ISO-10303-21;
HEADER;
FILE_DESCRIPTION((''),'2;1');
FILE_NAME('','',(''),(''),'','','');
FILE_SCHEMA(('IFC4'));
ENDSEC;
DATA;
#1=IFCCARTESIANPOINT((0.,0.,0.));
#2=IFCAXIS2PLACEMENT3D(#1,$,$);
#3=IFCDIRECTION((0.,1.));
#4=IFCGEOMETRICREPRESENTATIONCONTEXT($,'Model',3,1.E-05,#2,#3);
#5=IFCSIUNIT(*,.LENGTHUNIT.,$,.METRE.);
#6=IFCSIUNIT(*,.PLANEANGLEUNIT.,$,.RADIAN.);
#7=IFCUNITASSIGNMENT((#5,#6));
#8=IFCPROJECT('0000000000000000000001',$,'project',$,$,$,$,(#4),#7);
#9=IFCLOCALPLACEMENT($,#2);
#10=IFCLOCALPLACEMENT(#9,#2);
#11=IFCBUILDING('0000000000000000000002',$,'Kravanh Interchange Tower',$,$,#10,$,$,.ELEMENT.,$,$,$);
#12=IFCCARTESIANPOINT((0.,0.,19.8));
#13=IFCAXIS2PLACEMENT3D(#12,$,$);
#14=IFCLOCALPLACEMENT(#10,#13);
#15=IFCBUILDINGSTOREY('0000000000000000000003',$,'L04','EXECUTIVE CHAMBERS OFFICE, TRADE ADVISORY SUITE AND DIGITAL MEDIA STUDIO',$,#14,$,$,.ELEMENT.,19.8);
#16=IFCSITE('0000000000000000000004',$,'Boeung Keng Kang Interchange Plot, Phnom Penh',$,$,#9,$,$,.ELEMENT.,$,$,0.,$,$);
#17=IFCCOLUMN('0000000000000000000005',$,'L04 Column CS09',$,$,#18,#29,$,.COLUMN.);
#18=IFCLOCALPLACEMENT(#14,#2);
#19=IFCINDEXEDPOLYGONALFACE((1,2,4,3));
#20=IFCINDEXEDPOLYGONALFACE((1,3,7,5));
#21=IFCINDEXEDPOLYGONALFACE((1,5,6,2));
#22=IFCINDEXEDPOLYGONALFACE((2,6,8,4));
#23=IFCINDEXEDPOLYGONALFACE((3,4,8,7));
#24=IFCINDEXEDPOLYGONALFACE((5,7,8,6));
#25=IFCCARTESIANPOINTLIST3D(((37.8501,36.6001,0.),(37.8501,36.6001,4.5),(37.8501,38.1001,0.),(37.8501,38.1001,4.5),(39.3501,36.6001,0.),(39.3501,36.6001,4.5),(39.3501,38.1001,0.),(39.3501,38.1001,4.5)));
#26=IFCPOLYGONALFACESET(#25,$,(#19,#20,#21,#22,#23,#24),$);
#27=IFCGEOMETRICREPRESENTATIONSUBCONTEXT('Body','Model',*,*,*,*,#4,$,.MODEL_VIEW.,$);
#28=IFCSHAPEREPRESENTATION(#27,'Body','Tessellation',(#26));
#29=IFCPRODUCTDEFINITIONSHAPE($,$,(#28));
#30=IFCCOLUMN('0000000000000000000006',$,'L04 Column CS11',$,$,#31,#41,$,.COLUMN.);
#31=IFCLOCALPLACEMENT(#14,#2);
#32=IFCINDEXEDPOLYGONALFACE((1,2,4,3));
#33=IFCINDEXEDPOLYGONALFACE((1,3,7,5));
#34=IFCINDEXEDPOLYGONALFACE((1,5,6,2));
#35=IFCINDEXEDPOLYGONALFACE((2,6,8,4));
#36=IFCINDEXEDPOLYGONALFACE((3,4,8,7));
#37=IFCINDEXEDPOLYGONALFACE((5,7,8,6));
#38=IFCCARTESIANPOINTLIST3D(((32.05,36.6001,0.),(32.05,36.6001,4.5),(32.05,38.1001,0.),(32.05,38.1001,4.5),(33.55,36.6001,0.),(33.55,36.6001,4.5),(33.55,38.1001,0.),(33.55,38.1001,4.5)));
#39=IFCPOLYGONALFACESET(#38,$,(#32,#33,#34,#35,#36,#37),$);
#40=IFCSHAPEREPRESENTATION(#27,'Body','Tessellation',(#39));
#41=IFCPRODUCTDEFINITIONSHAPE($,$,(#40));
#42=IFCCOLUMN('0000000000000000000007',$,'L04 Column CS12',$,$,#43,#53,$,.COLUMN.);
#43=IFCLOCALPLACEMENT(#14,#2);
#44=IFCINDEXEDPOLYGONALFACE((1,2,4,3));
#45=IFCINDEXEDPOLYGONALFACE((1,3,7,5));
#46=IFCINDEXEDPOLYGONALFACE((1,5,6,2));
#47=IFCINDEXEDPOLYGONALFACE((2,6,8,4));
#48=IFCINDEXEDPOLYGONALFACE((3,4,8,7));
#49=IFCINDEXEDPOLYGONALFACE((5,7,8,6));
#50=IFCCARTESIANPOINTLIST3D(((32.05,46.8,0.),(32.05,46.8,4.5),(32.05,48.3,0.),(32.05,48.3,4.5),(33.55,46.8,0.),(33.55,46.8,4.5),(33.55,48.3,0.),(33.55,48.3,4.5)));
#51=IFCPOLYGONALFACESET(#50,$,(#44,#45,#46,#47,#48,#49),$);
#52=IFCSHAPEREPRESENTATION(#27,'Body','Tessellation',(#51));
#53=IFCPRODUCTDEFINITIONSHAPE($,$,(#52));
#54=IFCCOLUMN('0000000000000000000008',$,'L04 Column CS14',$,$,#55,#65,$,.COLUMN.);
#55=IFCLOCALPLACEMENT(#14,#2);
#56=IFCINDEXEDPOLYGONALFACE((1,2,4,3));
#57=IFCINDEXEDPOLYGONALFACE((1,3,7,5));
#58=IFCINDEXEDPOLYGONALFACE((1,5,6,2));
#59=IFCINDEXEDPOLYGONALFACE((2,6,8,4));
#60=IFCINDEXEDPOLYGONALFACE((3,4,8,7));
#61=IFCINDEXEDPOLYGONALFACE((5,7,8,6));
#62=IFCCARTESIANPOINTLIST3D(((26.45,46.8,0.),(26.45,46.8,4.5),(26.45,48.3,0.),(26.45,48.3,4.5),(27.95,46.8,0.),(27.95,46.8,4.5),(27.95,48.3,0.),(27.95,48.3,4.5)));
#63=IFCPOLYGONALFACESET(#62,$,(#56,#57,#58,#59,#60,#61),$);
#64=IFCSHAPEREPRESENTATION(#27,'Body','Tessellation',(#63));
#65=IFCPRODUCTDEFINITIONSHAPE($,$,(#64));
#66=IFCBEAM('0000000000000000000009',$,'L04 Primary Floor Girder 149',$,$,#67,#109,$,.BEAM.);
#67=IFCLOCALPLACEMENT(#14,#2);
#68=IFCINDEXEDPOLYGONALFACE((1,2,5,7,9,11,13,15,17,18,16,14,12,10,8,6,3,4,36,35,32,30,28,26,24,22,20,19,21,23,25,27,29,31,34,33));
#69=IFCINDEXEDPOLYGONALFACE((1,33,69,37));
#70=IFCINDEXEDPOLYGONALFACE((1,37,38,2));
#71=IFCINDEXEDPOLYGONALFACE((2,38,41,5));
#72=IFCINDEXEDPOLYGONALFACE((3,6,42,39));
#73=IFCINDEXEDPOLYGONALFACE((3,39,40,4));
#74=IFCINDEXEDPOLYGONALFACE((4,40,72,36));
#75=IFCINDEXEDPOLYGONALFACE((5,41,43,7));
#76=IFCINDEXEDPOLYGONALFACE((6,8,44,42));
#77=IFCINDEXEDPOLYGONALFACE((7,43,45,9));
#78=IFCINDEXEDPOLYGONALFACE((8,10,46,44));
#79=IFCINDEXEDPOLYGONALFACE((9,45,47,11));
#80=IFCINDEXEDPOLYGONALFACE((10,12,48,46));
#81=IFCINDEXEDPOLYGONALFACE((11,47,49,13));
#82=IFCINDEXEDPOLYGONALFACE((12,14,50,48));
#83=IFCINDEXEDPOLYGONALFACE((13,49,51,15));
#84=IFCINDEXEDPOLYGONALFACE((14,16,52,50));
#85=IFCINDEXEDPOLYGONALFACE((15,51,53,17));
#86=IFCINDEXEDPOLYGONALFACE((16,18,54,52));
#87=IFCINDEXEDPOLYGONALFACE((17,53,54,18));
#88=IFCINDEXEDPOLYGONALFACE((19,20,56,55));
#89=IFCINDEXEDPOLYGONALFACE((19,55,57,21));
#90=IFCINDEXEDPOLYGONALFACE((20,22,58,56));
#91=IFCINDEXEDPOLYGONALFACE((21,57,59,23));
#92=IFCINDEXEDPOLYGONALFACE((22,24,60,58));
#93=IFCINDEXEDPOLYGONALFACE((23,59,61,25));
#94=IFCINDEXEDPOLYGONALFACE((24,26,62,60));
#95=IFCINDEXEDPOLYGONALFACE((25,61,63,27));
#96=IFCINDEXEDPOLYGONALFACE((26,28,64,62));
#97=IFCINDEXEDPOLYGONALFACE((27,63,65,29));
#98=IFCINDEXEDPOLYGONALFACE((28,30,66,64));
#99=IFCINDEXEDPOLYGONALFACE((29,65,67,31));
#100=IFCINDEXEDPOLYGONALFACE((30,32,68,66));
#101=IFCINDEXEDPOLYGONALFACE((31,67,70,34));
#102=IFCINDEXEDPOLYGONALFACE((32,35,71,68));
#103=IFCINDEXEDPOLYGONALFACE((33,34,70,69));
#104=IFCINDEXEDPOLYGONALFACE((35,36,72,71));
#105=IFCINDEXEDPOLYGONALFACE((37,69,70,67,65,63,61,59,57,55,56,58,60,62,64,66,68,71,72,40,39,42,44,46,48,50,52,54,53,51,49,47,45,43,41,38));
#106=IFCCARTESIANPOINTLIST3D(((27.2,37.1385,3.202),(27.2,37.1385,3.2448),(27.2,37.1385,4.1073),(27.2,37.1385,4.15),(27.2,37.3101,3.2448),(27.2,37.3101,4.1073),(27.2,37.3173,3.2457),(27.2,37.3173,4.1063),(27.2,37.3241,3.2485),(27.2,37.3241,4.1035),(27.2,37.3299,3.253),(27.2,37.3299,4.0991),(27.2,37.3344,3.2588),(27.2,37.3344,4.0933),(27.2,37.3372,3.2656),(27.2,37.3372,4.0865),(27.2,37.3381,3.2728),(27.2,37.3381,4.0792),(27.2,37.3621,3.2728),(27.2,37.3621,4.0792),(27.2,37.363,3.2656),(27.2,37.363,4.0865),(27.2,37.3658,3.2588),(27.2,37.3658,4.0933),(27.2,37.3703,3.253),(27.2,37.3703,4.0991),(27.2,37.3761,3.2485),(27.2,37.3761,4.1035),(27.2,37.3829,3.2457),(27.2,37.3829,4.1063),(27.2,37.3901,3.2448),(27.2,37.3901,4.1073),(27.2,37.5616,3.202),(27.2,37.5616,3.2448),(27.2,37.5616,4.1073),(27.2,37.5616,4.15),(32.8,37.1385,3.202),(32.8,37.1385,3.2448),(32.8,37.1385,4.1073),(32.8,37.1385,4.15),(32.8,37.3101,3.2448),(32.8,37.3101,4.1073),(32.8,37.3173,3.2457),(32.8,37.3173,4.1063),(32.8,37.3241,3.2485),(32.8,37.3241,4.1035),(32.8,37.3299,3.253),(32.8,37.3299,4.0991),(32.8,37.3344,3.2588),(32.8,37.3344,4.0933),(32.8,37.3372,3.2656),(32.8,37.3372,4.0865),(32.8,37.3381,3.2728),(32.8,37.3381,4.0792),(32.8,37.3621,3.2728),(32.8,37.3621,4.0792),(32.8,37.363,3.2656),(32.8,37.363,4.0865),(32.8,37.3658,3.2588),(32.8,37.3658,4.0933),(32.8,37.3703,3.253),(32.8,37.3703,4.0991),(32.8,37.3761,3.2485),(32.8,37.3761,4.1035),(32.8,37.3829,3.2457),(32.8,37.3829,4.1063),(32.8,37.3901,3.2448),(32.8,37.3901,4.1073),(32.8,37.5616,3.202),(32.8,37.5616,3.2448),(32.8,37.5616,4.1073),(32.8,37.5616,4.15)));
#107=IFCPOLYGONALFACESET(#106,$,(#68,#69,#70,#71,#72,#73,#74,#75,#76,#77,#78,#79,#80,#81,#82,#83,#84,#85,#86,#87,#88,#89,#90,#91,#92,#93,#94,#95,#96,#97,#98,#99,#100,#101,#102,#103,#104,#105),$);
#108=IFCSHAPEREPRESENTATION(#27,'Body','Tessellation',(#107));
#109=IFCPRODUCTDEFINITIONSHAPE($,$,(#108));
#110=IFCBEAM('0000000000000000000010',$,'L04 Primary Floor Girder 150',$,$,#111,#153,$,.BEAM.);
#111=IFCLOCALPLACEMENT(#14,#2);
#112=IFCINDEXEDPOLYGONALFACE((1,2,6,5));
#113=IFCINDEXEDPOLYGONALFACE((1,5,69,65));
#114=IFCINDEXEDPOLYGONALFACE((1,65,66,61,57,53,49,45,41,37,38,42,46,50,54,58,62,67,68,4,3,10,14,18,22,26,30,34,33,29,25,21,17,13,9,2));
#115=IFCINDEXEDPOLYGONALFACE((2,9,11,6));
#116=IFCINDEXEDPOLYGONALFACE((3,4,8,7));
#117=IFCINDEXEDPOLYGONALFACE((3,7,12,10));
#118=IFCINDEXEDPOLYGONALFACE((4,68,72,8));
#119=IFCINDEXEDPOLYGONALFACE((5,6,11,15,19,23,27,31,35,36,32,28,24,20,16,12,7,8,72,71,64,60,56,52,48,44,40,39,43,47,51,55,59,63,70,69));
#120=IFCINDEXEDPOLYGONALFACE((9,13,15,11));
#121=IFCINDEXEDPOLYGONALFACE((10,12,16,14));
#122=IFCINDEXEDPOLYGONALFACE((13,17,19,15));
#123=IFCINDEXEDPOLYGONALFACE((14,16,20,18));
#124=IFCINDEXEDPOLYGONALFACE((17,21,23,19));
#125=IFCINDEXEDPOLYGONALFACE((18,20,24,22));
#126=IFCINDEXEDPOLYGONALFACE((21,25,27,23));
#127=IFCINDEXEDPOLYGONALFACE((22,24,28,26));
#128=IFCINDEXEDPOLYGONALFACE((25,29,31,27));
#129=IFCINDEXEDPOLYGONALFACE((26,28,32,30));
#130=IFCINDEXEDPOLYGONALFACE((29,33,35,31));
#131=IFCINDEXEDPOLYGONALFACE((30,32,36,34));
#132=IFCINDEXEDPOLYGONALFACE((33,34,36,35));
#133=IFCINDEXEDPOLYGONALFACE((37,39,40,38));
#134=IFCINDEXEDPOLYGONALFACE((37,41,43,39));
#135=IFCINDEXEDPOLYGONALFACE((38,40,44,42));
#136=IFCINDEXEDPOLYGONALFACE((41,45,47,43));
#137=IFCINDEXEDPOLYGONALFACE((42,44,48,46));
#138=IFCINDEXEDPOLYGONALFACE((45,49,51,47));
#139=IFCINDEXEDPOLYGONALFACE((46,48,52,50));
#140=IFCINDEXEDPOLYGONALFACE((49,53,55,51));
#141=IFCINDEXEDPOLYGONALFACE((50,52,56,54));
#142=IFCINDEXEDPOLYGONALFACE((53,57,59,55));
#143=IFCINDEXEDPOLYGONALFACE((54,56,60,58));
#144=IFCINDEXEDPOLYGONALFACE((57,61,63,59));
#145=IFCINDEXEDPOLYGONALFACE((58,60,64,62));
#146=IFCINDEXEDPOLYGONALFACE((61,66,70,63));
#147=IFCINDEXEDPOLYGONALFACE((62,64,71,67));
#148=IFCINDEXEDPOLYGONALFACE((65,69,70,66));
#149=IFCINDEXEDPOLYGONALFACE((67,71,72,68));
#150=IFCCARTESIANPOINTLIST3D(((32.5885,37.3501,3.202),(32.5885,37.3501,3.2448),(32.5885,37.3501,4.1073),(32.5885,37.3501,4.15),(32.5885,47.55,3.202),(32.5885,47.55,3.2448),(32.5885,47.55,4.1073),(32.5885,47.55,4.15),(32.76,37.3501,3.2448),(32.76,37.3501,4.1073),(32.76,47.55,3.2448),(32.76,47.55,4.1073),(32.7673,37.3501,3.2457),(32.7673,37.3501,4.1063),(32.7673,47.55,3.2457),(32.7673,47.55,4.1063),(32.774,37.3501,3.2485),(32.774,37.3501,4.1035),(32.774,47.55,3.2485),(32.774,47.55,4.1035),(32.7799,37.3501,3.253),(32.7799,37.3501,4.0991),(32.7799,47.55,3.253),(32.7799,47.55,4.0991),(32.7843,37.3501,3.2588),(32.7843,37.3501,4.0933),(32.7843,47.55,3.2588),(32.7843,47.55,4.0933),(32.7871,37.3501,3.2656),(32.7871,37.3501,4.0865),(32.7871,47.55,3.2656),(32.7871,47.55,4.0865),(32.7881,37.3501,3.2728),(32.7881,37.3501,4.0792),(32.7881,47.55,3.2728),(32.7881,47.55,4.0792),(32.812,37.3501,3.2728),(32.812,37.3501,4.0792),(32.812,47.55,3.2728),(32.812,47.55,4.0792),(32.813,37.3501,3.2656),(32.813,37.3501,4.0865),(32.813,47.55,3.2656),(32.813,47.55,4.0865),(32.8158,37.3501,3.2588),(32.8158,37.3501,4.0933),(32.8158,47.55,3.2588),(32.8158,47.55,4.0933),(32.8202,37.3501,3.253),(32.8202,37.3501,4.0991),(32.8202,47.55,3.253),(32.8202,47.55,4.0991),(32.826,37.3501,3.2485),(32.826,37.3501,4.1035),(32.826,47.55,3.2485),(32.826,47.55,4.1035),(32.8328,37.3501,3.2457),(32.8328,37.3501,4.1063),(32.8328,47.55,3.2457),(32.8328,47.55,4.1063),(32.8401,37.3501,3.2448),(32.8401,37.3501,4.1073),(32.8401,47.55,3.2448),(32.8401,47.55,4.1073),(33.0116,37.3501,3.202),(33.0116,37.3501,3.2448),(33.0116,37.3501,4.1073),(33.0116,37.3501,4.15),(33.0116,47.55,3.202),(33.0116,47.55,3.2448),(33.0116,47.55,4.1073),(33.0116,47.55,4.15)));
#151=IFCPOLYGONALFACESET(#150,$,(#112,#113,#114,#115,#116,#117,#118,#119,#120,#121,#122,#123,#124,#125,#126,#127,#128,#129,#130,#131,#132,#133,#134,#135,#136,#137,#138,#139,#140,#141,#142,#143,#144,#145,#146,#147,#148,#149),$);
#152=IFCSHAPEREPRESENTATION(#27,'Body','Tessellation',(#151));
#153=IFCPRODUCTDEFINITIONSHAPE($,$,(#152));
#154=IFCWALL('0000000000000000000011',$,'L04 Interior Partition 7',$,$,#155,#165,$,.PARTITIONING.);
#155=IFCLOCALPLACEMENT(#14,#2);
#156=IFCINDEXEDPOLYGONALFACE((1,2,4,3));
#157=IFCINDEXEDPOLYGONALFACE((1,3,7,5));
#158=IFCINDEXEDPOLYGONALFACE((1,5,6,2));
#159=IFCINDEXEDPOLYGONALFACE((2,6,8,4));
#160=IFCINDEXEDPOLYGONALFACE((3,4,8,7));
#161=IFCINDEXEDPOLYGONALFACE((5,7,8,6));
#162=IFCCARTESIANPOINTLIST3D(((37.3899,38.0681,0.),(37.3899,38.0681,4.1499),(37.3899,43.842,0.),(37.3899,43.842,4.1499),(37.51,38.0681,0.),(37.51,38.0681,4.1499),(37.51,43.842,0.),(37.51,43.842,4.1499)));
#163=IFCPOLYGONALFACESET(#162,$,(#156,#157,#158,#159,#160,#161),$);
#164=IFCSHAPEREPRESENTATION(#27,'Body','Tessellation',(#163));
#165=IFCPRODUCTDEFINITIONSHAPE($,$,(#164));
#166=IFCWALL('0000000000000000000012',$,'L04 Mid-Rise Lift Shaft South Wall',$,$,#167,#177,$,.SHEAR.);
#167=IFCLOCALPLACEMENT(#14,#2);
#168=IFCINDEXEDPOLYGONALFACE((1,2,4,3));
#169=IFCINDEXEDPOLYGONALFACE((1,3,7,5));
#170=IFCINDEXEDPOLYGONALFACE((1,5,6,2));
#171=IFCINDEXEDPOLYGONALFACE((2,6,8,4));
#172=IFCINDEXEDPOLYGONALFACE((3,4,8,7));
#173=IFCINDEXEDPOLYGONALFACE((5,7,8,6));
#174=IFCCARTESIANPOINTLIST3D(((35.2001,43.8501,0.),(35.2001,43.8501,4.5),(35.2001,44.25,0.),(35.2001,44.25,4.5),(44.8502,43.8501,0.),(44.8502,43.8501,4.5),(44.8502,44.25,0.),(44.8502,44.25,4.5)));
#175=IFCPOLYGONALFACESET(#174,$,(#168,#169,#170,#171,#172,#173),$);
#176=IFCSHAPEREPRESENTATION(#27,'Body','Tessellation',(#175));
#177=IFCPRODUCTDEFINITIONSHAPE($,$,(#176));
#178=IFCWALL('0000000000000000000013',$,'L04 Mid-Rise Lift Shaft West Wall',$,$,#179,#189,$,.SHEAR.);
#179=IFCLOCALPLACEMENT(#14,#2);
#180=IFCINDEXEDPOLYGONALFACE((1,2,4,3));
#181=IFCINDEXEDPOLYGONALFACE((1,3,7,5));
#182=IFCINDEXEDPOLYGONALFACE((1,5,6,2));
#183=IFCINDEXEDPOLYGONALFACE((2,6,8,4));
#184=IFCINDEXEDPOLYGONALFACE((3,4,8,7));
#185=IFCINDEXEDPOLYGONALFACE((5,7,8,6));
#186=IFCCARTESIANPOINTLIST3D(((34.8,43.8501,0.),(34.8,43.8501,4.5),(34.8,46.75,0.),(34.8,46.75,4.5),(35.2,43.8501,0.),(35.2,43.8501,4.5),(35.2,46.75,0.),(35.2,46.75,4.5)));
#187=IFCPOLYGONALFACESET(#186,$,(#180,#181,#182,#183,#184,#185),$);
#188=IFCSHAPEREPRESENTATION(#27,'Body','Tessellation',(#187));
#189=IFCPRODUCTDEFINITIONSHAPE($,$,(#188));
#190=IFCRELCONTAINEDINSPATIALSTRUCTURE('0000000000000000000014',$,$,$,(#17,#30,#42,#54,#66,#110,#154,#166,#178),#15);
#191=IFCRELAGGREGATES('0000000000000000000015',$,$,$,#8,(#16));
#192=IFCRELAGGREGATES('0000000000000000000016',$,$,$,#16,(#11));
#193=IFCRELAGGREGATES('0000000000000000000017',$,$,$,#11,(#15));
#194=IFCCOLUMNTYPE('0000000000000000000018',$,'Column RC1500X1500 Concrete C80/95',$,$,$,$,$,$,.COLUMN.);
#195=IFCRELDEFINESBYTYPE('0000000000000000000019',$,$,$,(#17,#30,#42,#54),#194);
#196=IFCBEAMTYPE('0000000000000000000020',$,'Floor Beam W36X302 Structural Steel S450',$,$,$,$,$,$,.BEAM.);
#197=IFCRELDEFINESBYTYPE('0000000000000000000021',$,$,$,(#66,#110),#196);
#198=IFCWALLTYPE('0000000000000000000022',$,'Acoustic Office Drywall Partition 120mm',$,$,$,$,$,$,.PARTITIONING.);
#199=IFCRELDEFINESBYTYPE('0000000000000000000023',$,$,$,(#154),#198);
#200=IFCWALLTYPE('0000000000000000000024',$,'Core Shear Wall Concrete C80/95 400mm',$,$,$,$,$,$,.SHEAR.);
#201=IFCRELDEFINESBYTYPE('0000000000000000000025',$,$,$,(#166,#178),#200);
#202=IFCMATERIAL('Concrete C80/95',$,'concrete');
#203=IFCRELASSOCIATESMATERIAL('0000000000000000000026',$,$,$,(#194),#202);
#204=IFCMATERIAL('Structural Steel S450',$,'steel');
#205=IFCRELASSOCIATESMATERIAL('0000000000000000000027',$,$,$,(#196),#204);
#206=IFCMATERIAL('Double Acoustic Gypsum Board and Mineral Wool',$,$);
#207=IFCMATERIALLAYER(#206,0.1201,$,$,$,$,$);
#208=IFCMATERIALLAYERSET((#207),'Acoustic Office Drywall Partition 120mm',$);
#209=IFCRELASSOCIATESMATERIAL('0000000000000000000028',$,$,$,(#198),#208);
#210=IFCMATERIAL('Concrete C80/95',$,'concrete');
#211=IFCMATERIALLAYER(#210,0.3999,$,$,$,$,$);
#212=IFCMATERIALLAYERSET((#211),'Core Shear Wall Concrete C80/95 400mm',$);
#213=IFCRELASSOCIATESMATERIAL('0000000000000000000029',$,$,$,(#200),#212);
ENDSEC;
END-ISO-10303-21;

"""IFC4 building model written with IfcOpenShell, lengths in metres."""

from ifc_helpers import new_model, si_unit, direction, frame, frame_2d, origin, origin_2d, place, context, subcontext, project, spatial, rectangle, i_section, extrude, material, layer, layer_set, material_profile, profile_set, type_object, element, save


model = new_model("IFC4")

# Units and contexts
model_context = context("Model", 3, precision=1e-05, world=origin(), true_north=direction((0.0, 1.0)))
body_context = subcontext(model_context, "Body", "Model", "MODEL_VIEW")
ifc_project = project(units=[si_unit("LENGTHUNIT", "METRE"), si_unit("PLANEANGLEUNIT", "RADIAN")], contexts=[model_context])

# Site, building, storey
site_placement = place(None, origin())
site = spatial("IfcSite", under=ifc_project, at=site_placement, Name="Boeung Keng Kang Interchange Plot, Phnom Penh", CompositionType="ELEMENT", RefElevation=0.0)
building_placement = place(site_placement, origin())
building = spatial("IfcBuilding", under=site, at=building_placement, Name="Kravanh Interchange Tower", CompositionType="ELEMENT")
storey_placement = place(building_placement, frame((0.0, 0.0, 19.8)))
storey = spatial("IfcBuildingStorey", under=building, at=storey_placement, Name="L04", Description="EXECUTIVE CHAMBERS OFFICE, TRADE ADVISORY SUITE AND DIGITAL MEDIA STUDIO", CompositionType="ELEMENT", Elevation=19.8)

# Columns
ifc_material_1 = material(Name="Concrete C80/95", Category="concrete")
ifc_material_profile_1 = material_profile(ifc_material_1, rectangle(XDim=1.5, YDim=1.5, at=origin_2d()), Name="RC1500X1500")
ifc_profile_set_1 = profile_set([ifc_material_profile_1], Name="Concrete C80/95")
column_type = type_object("IfcColumnType", Name="Column RC1500X1500 Concrete C80/95", PredefinedType="COLUMN", material=ifc_profile_set_1)
for number, where, z_axis, x_axis, name in (
    (1, (38.6001, 37.3501, 0.0), (0.0, 0.0, 1.0), (1.0, 0.0, 0.0), "L04 Column CS09"),
    (2, (32.8, 37.3501, 0.0), (0.0, 0.0, 1.0), (1.0, 0.0, 0.0), "L04 Column CS11"),
    (3, (32.8, 47.55, 0.0), (0.0, 0.0, 1.0), (1.0, 0.0, 0.0), "L04 Column CS12"),
    (4, (27.2, 47.55, 0.0), (0.0, 0.0, 1.0), (1.0, 0.0, 0.0), "L04 Column CS14"),
):
    element("IfcColumn", number, at=place(storey_placement, frame(where, z_axis=z_axis, x_axis=x_axis)), inside=storey, type_object=column_type, Name=name, PredefinedType="COLUMN", context=body_context, shape_type="SweptSolid", body=[
        extrude(rectangle(XDim=1.5, YDim=1.5, at=origin_2d()), origin(), (0.0, 0.0, 1.0), 4.5),
    ])

# Beams
ifc_material_2 = material(Name="Structural Steel S450", Category="steel")
ifc_material_profile_2 = material_profile(ifc_material_2, i_section(OverallWidth=0.4231, OverallDepth=0.948, WebThickness=0.0239, FlangeThickness=0.0427, FilletRadius=0.0281, at=origin_2d()), Name="W36X302")
ifc_profile_set_2 = profile_set([ifc_material_profile_2], Name="Structural Steel S450")
beam_type = type_object("IfcBeamType", Name="Floor Beam W36X302 Structural Steel S450", PredefinedType="BEAM", material=ifc_profile_set_2)
beam_1_placement = place(storey_placement, frame((32.8, 37.3501, 3.676), z_axis=(-1.0, 0.0, 0.0), x_axis=(0.0, -1.0, 0.0)))
element("IfcBeam", 5, at=beam_1_placement, inside=storey, type_object=beam_type, Name="L04 Primary Floor Girder 149", PredefinedType="BEAM", context=body_context, shape_type="SweptSolid", body=[
    extrude(i_section(OverallWidth=0.4231, OverallDepth=0.948, WebThickness=0.0239, FlangeThickness=0.0427, FilletRadius=0.0281, at=origin_2d()), origin(), (0.0, 0.0, 1.0), 5.6001),
])
beam_2_placement = place(storey_placement, frame((32.8, 37.3501, 3.676), z_axis=(0.0, 1.0, 0.0), x_axis=(-1.0, 0.0, 0.0)))
element("IfcBeam", 6, at=beam_2_placement, inside=storey, type_object=beam_type, Name="L04 Primary Floor Girder 150", PredefinedType="BEAM", context=body_context, shape_type="SweptSolid", body=[
    extrude(i_section(OverallWidth=0.4231, OverallDepth=0.948, WebThickness=0.0239, FlangeThickness=0.0427, FilletRadius=0.0281, at=origin_2d()), origin(), (0.0, 0.0, 1.0), 10.2),
])

# Walls
ifc_material_3 = material(Name="Double Acoustic Gypsum Board and Mineral Wool")
ifc_layer_1 = layer(ifc_material_3, 0.1201)
ifc_layer_set_1 = layer_set([ifc_layer_1], Name="Acoustic Office Drywall Partition 120mm")
wall_type_1 = type_object("IfcWallType", Name="Acoustic Office Drywall Partition 120mm", PredefinedType="PARTITIONING", material=ifc_layer_set_1)
wall_1_placement = place(storey_placement, frame((37.45, 38.0681, 0.0), z_axis=(0.0, 0.0, 1.0), x_axis=(0.0, 1.0, 0.0)))
element("IfcWall", 7, at=wall_1_placement, inside=storey, type_object=wall_type_1, Name="L04 Interior Partition 7", PredefinedType="PARTITIONING", context=body_context, shape_type="SweptSolid", body=[
    extrude(rectangle(XDim=5.7739, YDim=0.1201, at=frame_2d((2.887, 0.0))), origin(), (0.0, 0.0, 1.0), 4.1499),
])
ifc_material_4 = material(Name="Concrete C80/95", Category="concrete")
ifc_layer_2 = layer(ifc_material_4, 0.3999)
ifc_layer_set_2 = layer_set([ifc_layer_2], Name="Core Shear Wall Concrete C80/95 400mm")
wall_type_2 = type_object("IfcWallType", Name="Core Shear Wall Concrete C80/95 400mm", PredefinedType="SHEAR", material=ifc_layer_set_2)
wall_2_placement = place(storey_placement, frame((35.2, 44.05, 0.0), z_axis=(0.0, 0.0, 1.0), x_axis=(1.0, 0.0, 0.0)))
element("IfcWall", 8, at=wall_2_placement, inside=storey, type_object=wall_type_2, Name="L04 Mid-Rise Lift Shaft South Wall", PredefinedType="SHEAR", context=body_context, shape_type="SweptSolid", body=[
    extrude(rectangle(XDim=9.6501, YDim=0.3999, at=frame_2d((4.8252, 0.0))), origin(), (0.0, 0.0, 1.0), 4.5),
])
wall_3_placement = place(storey_placement, frame((35.0, 43.8501, 0.0), z_axis=(0.0, 0.0, 1.0), x_axis=(0.0, 1.0, 0.0)))
element("IfcWall", 9, at=wall_3_placement, inside=storey, type_object=wall_type_2, Name="L04 Mid-Rise Lift Shaft West Wall", PredefinedType="SHEAR", context=body_context, shape_type="SweptSolid", body=[
    extrude(rectangle(XDim=2.8999, YDim=0.3999, at=frame_2d((1.45, 0.0))), origin(), (0.0, 0.0, 1.0), 4.5),
])

save(model, "model.ifc")
